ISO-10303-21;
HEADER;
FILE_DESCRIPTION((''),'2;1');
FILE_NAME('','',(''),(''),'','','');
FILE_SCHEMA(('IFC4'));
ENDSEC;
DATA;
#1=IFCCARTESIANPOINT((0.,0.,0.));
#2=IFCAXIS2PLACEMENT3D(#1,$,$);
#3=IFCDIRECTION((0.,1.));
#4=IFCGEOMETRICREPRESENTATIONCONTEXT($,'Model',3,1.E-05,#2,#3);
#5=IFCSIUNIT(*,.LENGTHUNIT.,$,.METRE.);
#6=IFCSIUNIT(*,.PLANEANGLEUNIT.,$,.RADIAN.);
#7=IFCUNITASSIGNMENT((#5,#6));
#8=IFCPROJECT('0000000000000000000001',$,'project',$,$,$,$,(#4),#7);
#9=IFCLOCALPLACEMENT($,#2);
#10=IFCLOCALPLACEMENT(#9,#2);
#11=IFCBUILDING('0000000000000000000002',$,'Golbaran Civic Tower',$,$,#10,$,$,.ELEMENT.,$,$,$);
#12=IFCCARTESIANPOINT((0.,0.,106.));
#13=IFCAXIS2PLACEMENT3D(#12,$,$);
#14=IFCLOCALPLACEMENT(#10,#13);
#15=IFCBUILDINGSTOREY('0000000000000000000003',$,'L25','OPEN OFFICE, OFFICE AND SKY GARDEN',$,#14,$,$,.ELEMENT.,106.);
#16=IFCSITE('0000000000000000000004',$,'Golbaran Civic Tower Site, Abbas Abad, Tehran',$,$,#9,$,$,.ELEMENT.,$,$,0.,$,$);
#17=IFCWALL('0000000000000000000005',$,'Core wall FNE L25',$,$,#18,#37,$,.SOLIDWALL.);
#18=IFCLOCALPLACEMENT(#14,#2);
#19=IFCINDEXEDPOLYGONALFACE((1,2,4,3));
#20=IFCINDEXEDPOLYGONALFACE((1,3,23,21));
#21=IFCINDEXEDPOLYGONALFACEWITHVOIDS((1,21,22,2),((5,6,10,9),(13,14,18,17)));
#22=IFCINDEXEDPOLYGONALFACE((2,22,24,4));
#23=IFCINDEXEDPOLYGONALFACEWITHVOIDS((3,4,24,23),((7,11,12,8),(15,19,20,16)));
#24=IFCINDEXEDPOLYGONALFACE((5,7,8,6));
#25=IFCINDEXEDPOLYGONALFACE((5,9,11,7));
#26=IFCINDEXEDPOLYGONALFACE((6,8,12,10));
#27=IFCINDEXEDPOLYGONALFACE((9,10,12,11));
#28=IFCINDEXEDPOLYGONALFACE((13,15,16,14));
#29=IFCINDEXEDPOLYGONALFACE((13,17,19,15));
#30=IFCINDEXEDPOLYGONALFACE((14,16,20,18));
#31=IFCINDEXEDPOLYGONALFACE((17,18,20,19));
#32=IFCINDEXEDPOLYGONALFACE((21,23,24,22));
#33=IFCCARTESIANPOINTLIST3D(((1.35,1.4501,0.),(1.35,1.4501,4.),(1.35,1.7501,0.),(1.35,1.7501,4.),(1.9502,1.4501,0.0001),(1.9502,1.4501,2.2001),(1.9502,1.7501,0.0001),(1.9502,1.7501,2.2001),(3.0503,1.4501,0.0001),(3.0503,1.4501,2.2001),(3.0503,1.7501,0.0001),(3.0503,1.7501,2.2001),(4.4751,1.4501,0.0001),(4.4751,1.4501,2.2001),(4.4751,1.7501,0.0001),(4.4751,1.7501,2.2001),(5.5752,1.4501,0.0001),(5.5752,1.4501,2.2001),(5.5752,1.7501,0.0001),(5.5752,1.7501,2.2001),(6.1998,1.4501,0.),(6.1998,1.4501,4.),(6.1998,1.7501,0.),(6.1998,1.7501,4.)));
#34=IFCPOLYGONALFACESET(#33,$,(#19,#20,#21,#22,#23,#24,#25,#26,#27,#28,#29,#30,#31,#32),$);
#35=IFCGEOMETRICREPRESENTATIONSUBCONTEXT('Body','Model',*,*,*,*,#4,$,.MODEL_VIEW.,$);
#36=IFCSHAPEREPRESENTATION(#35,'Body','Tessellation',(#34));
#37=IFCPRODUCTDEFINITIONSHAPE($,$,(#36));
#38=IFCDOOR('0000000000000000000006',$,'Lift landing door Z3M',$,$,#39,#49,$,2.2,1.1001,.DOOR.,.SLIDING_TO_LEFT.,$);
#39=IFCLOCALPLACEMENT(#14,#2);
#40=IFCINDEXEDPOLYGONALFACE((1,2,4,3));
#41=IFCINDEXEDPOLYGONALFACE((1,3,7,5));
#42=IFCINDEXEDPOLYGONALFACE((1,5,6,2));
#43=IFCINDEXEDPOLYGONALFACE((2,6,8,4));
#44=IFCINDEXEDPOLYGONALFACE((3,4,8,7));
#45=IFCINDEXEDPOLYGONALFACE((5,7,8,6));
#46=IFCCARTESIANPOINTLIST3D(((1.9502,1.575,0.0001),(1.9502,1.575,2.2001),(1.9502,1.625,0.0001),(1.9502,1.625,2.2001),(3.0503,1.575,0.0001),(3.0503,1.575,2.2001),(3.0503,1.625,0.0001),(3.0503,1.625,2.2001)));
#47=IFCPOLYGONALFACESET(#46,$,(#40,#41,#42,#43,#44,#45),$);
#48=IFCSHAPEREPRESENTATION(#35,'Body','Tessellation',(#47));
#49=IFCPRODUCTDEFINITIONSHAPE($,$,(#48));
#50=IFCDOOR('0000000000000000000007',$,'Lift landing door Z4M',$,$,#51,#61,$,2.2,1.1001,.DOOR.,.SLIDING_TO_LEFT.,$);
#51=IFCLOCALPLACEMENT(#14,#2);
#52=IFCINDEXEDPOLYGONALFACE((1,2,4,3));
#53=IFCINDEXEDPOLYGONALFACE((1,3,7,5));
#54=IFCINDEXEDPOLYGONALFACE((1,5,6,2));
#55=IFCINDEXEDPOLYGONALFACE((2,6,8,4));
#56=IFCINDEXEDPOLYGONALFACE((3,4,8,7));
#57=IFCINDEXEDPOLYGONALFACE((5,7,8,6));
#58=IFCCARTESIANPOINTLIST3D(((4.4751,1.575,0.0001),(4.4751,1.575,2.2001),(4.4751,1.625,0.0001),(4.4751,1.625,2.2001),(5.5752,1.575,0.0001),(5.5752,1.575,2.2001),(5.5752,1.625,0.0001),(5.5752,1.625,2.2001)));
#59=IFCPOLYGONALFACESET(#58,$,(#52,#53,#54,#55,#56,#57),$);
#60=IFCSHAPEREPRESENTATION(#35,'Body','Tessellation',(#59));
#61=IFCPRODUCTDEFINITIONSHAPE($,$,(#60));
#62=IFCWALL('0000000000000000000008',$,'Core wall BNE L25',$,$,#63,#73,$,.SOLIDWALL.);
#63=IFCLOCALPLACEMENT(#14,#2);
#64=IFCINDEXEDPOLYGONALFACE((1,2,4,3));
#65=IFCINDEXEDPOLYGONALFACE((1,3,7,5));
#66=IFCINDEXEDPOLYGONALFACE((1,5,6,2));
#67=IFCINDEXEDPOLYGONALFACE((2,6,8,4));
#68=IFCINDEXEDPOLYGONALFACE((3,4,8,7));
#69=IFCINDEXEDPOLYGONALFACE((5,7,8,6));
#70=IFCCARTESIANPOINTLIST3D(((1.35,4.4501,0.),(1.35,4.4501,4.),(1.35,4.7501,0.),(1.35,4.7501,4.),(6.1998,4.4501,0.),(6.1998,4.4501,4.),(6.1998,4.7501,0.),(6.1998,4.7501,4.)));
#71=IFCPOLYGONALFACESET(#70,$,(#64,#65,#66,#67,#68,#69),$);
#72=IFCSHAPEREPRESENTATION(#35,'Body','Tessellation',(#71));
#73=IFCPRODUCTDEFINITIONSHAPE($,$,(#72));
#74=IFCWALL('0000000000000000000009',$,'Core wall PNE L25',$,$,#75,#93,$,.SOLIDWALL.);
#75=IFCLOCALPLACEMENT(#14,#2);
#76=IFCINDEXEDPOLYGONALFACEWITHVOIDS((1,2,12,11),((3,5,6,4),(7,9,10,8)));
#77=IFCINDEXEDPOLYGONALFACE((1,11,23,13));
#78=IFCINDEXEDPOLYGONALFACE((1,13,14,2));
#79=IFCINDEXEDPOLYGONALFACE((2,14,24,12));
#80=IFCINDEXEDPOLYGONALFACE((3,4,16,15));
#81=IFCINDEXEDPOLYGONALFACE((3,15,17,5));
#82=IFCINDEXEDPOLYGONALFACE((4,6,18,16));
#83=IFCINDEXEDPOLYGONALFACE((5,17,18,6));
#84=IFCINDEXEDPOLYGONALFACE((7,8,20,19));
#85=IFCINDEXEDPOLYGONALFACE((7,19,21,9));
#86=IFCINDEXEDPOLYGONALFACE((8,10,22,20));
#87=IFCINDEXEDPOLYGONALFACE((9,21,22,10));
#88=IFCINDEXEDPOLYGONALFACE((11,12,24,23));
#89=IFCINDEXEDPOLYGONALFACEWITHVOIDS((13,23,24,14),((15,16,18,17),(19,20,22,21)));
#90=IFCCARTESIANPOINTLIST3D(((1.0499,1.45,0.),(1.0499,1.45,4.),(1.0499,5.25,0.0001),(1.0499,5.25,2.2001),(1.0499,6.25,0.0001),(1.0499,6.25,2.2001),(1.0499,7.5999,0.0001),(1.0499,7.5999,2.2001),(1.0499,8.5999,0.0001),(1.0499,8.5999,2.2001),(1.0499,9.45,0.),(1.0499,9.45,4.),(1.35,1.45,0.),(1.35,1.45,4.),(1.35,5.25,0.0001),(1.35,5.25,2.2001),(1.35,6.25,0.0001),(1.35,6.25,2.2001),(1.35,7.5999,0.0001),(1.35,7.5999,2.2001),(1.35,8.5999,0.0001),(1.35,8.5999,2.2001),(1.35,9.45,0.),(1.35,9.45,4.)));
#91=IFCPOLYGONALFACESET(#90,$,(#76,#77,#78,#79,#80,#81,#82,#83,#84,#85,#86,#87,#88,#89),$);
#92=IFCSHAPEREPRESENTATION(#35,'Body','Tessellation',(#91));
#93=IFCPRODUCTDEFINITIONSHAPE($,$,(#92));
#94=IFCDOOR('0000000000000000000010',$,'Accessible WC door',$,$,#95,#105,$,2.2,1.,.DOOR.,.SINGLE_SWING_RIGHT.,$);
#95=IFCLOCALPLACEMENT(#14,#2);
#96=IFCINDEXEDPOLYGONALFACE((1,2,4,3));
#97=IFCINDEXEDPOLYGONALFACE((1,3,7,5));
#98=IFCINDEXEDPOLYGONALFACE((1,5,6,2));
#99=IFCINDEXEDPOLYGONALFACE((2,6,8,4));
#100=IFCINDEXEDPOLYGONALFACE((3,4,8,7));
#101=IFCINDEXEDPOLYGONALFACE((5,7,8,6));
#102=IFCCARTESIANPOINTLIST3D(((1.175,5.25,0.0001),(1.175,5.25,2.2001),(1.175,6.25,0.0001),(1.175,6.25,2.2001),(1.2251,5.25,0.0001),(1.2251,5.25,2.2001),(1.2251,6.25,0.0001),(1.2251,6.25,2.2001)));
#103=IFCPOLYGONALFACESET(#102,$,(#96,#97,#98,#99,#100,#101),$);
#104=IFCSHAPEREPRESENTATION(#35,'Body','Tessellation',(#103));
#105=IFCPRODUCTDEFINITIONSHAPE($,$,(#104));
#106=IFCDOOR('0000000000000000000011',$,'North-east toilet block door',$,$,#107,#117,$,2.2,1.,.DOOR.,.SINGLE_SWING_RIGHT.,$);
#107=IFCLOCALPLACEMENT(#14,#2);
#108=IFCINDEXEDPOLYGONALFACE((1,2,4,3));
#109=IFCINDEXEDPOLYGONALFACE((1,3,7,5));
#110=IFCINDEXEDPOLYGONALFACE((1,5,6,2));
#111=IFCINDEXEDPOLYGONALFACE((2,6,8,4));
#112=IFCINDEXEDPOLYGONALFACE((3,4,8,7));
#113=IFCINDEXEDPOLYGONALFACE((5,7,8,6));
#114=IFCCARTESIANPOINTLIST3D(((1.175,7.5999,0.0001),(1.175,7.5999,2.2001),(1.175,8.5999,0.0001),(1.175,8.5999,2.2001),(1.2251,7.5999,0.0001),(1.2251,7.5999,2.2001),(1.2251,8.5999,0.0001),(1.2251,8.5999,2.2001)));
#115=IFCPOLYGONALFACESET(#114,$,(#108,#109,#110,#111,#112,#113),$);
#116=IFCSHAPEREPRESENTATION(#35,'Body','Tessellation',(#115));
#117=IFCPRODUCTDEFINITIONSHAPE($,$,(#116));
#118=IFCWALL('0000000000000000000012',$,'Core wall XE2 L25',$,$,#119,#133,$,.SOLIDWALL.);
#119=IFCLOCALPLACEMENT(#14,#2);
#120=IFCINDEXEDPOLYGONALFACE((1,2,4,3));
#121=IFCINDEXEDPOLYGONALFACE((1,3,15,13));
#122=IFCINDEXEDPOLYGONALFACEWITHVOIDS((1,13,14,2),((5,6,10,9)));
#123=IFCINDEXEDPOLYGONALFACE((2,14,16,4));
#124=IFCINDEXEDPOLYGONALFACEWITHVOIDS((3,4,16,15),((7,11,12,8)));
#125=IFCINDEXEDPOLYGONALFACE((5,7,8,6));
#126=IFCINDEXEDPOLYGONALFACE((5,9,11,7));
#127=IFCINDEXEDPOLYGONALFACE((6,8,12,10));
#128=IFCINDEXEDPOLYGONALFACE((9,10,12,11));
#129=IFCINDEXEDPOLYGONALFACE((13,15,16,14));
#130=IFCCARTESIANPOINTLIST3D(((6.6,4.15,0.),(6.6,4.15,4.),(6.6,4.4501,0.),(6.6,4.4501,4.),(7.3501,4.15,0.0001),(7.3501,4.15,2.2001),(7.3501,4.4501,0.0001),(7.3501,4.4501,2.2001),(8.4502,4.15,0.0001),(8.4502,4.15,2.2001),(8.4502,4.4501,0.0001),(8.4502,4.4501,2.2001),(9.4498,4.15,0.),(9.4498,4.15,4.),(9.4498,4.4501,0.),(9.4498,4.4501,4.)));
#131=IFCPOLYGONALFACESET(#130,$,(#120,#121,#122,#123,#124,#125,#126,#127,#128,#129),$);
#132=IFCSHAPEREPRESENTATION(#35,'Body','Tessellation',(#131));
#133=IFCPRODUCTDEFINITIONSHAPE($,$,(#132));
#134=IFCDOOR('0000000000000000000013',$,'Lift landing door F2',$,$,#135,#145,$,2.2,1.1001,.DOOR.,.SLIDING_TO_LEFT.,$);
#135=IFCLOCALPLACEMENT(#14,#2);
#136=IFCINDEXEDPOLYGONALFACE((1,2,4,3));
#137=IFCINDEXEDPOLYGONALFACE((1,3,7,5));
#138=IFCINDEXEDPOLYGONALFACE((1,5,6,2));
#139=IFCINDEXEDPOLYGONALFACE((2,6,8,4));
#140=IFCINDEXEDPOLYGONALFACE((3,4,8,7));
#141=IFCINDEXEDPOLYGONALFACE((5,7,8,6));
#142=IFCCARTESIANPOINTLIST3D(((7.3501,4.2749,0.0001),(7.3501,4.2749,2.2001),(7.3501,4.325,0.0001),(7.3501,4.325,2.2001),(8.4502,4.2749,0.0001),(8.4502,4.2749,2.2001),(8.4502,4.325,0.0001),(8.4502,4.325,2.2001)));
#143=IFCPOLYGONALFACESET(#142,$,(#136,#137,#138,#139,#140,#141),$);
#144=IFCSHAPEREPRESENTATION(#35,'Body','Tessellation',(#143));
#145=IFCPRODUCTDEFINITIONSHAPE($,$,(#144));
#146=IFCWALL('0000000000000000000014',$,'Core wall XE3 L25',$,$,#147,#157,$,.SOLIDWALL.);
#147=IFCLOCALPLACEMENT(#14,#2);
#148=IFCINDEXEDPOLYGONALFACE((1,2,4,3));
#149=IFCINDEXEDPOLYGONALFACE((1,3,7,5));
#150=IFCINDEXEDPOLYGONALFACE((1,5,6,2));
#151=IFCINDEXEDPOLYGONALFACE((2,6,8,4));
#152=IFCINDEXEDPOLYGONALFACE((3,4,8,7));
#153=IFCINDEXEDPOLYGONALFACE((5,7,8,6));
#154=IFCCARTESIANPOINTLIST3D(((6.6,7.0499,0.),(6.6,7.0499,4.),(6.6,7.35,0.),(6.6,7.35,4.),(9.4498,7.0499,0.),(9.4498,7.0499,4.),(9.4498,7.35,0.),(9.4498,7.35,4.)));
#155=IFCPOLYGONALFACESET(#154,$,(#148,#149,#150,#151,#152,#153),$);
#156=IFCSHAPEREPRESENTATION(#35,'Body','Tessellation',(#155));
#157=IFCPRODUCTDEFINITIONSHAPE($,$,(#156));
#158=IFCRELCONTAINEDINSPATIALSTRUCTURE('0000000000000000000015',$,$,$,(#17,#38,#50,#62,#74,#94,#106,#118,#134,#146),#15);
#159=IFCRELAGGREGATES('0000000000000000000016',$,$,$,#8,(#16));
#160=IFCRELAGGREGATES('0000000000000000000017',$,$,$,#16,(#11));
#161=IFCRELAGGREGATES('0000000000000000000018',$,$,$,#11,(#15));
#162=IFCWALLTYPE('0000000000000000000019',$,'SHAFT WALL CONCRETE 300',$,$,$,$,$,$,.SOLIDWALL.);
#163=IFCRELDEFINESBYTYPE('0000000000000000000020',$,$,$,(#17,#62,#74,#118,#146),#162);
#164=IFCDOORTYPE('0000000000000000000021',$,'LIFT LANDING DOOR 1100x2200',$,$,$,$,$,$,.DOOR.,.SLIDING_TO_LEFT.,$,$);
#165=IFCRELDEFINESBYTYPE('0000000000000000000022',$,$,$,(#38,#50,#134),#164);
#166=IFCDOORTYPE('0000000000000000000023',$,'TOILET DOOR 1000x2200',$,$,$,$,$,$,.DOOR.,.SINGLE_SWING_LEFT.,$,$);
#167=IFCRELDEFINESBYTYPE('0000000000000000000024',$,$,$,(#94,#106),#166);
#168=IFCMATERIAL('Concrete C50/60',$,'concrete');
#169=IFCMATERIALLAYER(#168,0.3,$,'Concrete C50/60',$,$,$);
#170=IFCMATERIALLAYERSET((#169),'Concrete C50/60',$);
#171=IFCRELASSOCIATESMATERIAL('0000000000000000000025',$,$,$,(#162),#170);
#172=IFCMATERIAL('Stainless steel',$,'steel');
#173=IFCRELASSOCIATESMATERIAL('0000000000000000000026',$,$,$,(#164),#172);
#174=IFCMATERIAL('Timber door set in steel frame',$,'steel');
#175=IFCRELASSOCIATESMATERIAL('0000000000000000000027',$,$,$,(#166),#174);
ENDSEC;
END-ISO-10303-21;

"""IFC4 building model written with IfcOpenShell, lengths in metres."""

from ifc_helpers import new_model, si_unit, direction, frame, frame_2d, origin, place, context, subcontext, project, spatial, rectangle, extrude, material, layer, layer_set, type_object, element, fill, save


model = new_model("IFC4")

# Units and contexts
model_context = context("Model", 3, precision=1e-05, world=origin(), true_north=direction((0.0, 1.0)))
body_context = subcontext(model_context, "Body", "Model", "MODEL_VIEW")
ifc_project = project(units=[si_unit("LENGTHUNIT", "METRE"), si_unit("PLANEANGLEUNIT", "RADIAN")], contexts=[model_context])

# Site, building, storey
site_placement = place(None, origin())
site = spatial("IfcSite", under=ifc_project, at=site_placement, Name="Golbaran Civic Tower Site, Abbas Abad, Tehran", CompositionType="ELEMENT", RefElevation=0.0)
building_placement = place(site_placement, origin())
building = spatial("IfcBuilding", under=site, at=building_placement, Name="Golbaran Civic Tower", CompositionType="ELEMENT")
storey_placement = place(building_placement, frame((0.0, 0.0, 106.0)))
storey = spatial("IfcBuildingStorey", under=building, at=storey_placement, Name="L25", Description="OPEN OFFICE, OFFICE AND SKY GARDEN", CompositionType="ELEMENT", Elevation=106.0)

# Shared definitions
ifc_material_1 = material(Name="Timber door set in steel frame", Category="steel")

# Wall, openings, doors
ifc_material_2 = material(Name="Concrete C50/60", Category="concrete")
ifc_layer_1 = layer(ifc_material_2, 0.3, Name="Concrete C50/60")
ifc_layer_set_1 = layer_set([ifc_layer_1], Name="Concrete C50/60")
wall_type_1 = type_object("IfcWallType", Name="SHAFT WALL CONCRETE 300", PredefinedType="SOLIDWALL", material=ifc_layer_set_1)
wall_1_placement = place(storey_placement, frame((1.3501, 1.6001, 0.0), z_axis=(0.0, 0.0, 1.0), x_axis=(1.0, 0.0, 0.0)))
wall_1 = element("IfcWall", 1, at=wall_1_placement, inside=storey, type_object=wall_type_1, Name="Core wall FNE L25", PredefinedType="SOLIDWALL", context=body_context, shape_type="SweptSolid", body=[
    extrude(rectangle(XDim=4.8499, YDim=0.3, at=frame_2d((2.4248, 0.0))), origin(), (0.0, 0.0, 1.0), 4.0),
])
opening_1_placement = place(wall_1_placement, frame((0.6001, 0.0, 0.0)))
opening_1 = element("IfcOpeningElement", 2, at=opening_1_placement, cuts=wall_1, PredefinedType="OPENING", context=body_context, shape_type="SweptSolid", body=[
    extrude(rectangle(XDim=1.1001, YDim=2.2, at=frame_2d((0.55, 1.1001))), frame((0.0, 0.1599, 0.0), z_axis=(0.0, -1.0, 0.0), x_axis=(1.0, 0.0, 0.0)), (0.0, 0.0, 1.0), 0.3201),
])
opening_2_placement = place(wall_1_placement, frame((3.125, 0.0, 0.0)))
opening_2 = element("IfcOpeningElement", 3, at=opening_2_placement, cuts=wall_1, PredefinedType="OPENING", context=body_context, shape_type="SweptSolid", body=[
    extrude(rectangle(XDim=1.1001, YDim=2.2, at=frame_2d((0.55, 1.1001))), frame((0.0, 0.1599, 0.0), z_axis=(0.0, -1.0, 0.0), x_axis=(1.0, 0.0, 0.0)), (0.0, 0.0, 1.0), 0.3201),
])
ifc_material_3 = material(Name="Stainless steel", Category="steel")
door_type_1 = type_object("IfcDoorType", Name="LIFT LANDING DOOR 1100x2200", OperationType="SLIDING_TO_LEFT", PredefinedType="DOOR", material=ifc_material_3)
door_1_placement = place(opening_1_placement, origin())
door_1 = element("IfcDoor", 4, at=door_1_placement, inside=storey, type_object=door_type_1, Name="Lift landing door Z3M", OperationType="SLIDING_TO_LEFT", OverallHeight=2.2, OverallWidth=1.1001, PredefinedType="DOOR", context=body_context, shape_type="SweptSolid", body=[
    extrude(rectangle(XDim=1.1001, YDim=2.2, at=frame_2d((0.55, 1.1001))), frame((0.0, 0.0249, 0.0), z_axis=(0.0, -1.0, 0.0), x_axis=(1.0, 0.0, 0.0)), (0.0, 0.0, 1.0), 0.05),
])
fill(opening_1, door_1)
door_2_placement = place(opening_2_placement, origin())
door_2 = element("IfcDoor", 5, at=door_2_placement, inside=storey, type_object=door_type_1, Name="Lift landing door Z4M", OperationType="SLIDING_TO_LEFT", OverallHeight=2.2, OverallWidth=1.1001, PredefinedType="DOOR", context=body_context, shape_type="SweptSolid", body=[
    extrude(rectangle(XDim=1.1001, YDim=2.2, at=frame_2d((0.55, 1.1001))), frame((0.0, 0.0249, 0.0), z_axis=(0.0, -1.0, 0.0), x_axis=(1.0, 0.0, 0.0)), (0.0, 0.0, 1.0), 0.05),
])
fill(opening_2, door_2)

# Wall
wall_2_placement = place(storey_placement, frame((1.3501, 4.6001, 0.0), z_axis=(0.0, 0.0, 1.0), x_axis=(1.0, 0.0, 0.0)))
element("IfcWall", 6, at=wall_2_placement, inside=storey, type_object=wall_type_1, Name="Core wall BNE L25", PredefinedType="SOLIDWALL", context=body_context, shape_type="SweptSolid", body=[
    extrude(rectangle(XDim=4.8499, YDim=0.3, at=frame_2d((2.4248, 0.0))), origin(), (0.0, 0.0, 1.0), 4.0),
])

# Wall, openings, doors
wall_3_placement = place(storey_placement, frame((1.2, 1.45, 0.0), z_axis=(0.0, 0.0, 1.0), x_axis=(0.0, 1.0, 0.0)))
wall_3 = element("IfcWall", 7, at=wall_3_placement, inside=storey, type_object=wall_type_1, Name="Core wall PNE L25", PredefinedType="SOLIDWALL", context=body_context, shape_type="SweptSolid", body=[
    extrude(rectangle(XDim=8.0, YDim=0.3, at=frame_2d((4.0, 0.0))), origin(), (0.0, 0.0, 1.0), 4.0),
])
opening_3_placement = place(wall_3_placement, frame((3.8, 0.0, 0.0)))
opening_3 = element("IfcOpeningElement", 8, at=opening_3_placement, cuts=wall_3, PredefinedType="OPENING", context=body_context, shape_type="SweptSolid", body=[
    extrude(rectangle(XDim=1.0, YDim=2.2, at=frame_2d((0.5, 1.1001))), frame((0.0, 0.1599, 0.0), z_axis=(0.0, -1.0, 0.0), x_axis=(1.0, 0.0, 0.0)), (0.0, 0.0, 1.0), 0.3201),
])
opening_4_placement = place(wall_3_placement, frame((6.1499, 0.0, 0.0)))
opening_4 = element("IfcOpeningElement", 9, at=opening_4_placement, cuts=wall_3, PredefinedType="OPENING", context=body_context, shape_type="SweptSolid", body=[
    extrude(rectangle(XDim=1.0, YDim=2.2, at=frame_2d((0.5, 1.1001))), frame((0.0, 0.1599, 0.0), z_axis=(0.0, -1.0, 0.0), x_axis=(1.0, 0.0, 0.0)), (0.0, 0.0, 1.0), 0.3201),
])
door_type_2 = type_object("IfcDoorType", Name="TOILET DOOR 1000x2200", OperationType="SINGLE_SWING_LEFT", PredefinedType="DOOR", material=ifc_material_1)
door_3_placement = place(opening_3_placement, origin())
door_3 = element("IfcDoor", 10, at=door_3_placement, inside=storey, type_object=door_type_2, Name="Accessible WC door", OperationType="SINGLE_SWING_RIGHT", OverallHeight=2.2, OverallWidth=1.0, PredefinedType="DOOR", context=body_context, shape_type="SweptSolid", body=[
    extrude(rectangle(XDim=1.0, YDim=2.2, at=frame_2d((0.5, 1.1001))), frame((0.0, 0.0249, 0.0), z_axis=(0.0, -1.0, 0.0), x_axis=(1.0, 0.0, 0.0)), (0.0, 0.0, 1.0), 0.05),
])
fill(opening_3, door_3)
door_4_placement = place(opening_4_placement, origin())
door_4 = element("IfcDoor", 11, at=door_4_placement, inside=storey, type_object=door_type_2, Name="North-east toilet block door", OperationType="SINGLE_SWING_RIGHT", OverallHeight=2.2, OverallWidth=1.0, PredefinedType="DOOR", context=body_context, shape_type="SweptSolid", body=[
    extrude(rectangle(XDim=1.0, YDim=2.2, at=frame_2d((0.5, 1.1001))), frame((0.0, 0.0249, 0.0), z_axis=(0.0, -1.0, 0.0), x_axis=(1.0, 0.0, 0.0)), (0.0, 0.0, 1.0), 0.05),
])
fill(opening_4, door_4)

# Wall, opening, door
wall_4_placement = place(storey_placement, frame((6.6001, 4.3, 0.0), z_axis=(0.0, 0.0, 1.0), x_axis=(1.0, 0.0, 0.0)))
wall_4 = element("IfcWall", 12, at=wall_4_placement, inside=storey, type_object=wall_type_1, Name="Core wall XE2 L25", PredefinedType="SOLIDWALL", context=body_context, shape_type="SweptSolid", body=[
    extrude(rectangle(XDim=2.8499, YDim=0.3, at=frame_2d((1.4248, 0.0))), origin(), (0.0, 0.0, 1.0), 4.0),
])
opening_5_placement = place(wall_4_placement, frame((0.75, 0.0, 0.0)))
opening_5 = element("IfcOpeningElement", 13, at=opening_5_placement, cuts=wall_4, PredefinedType="OPENING", context=body_context, shape_type="SweptSolid", body=[
    extrude(rectangle(XDim=1.1001, YDim=2.2, at=frame_2d((0.55, 1.1001))), frame((0.0, 0.1599, 0.0), z_axis=(0.0, -1.0, 0.0), x_axis=(1.0, 0.0, 0.0)), (0.0, 0.0, 1.0), 0.3201),
])
door_5_placement = place(opening_5_placement, origin())
door_5 = element("IfcDoor", 14, at=door_5_placement, inside=storey, type_object=door_type_1, Name="Lift landing door F2", OperationType="SLIDING_TO_LEFT", OverallHeight=2.2, OverallWidth=1.1001, PredefinedType="DOOR", context=body_context, shape_type="SweptSolid", body=[
    extrude(rectangle(XDim=1.1001, YDim=2.2, at=frame_2d((0.55, 1.1001))), frame((0.0, 0.0249, 0.0), z_axis=(0.0, -1.0, 0.0), x_axis=(1.0, 0.0, 0.0)), (0.0, 0.0, 1.0), 0.05),
])
fill(opening_5, door_5)

# Wall
wall_5_placement = place(storey_placement, frame((6.6001, 7.2, 0.0), z_axis=(0.0, 0.0, 1.0), x_axis=(1.0, 0.0, 0.0)))
element("IfcWall", 15, at=wall_5_placement, inside=storey, type_object=wall_type_1, Name="Core wall XE3 L25", PredefinedType="SOLIDWALL", context=body_context, shape_type="SweptSolid", body=[
    extrude(rectangle(XDim=2.8499, YDim=0.3, at=frame_2d((1.4248, 0.0))), origin(), (0.0, 0.0, 1.0), 4.0),
])

save(model, "model.ifc")
